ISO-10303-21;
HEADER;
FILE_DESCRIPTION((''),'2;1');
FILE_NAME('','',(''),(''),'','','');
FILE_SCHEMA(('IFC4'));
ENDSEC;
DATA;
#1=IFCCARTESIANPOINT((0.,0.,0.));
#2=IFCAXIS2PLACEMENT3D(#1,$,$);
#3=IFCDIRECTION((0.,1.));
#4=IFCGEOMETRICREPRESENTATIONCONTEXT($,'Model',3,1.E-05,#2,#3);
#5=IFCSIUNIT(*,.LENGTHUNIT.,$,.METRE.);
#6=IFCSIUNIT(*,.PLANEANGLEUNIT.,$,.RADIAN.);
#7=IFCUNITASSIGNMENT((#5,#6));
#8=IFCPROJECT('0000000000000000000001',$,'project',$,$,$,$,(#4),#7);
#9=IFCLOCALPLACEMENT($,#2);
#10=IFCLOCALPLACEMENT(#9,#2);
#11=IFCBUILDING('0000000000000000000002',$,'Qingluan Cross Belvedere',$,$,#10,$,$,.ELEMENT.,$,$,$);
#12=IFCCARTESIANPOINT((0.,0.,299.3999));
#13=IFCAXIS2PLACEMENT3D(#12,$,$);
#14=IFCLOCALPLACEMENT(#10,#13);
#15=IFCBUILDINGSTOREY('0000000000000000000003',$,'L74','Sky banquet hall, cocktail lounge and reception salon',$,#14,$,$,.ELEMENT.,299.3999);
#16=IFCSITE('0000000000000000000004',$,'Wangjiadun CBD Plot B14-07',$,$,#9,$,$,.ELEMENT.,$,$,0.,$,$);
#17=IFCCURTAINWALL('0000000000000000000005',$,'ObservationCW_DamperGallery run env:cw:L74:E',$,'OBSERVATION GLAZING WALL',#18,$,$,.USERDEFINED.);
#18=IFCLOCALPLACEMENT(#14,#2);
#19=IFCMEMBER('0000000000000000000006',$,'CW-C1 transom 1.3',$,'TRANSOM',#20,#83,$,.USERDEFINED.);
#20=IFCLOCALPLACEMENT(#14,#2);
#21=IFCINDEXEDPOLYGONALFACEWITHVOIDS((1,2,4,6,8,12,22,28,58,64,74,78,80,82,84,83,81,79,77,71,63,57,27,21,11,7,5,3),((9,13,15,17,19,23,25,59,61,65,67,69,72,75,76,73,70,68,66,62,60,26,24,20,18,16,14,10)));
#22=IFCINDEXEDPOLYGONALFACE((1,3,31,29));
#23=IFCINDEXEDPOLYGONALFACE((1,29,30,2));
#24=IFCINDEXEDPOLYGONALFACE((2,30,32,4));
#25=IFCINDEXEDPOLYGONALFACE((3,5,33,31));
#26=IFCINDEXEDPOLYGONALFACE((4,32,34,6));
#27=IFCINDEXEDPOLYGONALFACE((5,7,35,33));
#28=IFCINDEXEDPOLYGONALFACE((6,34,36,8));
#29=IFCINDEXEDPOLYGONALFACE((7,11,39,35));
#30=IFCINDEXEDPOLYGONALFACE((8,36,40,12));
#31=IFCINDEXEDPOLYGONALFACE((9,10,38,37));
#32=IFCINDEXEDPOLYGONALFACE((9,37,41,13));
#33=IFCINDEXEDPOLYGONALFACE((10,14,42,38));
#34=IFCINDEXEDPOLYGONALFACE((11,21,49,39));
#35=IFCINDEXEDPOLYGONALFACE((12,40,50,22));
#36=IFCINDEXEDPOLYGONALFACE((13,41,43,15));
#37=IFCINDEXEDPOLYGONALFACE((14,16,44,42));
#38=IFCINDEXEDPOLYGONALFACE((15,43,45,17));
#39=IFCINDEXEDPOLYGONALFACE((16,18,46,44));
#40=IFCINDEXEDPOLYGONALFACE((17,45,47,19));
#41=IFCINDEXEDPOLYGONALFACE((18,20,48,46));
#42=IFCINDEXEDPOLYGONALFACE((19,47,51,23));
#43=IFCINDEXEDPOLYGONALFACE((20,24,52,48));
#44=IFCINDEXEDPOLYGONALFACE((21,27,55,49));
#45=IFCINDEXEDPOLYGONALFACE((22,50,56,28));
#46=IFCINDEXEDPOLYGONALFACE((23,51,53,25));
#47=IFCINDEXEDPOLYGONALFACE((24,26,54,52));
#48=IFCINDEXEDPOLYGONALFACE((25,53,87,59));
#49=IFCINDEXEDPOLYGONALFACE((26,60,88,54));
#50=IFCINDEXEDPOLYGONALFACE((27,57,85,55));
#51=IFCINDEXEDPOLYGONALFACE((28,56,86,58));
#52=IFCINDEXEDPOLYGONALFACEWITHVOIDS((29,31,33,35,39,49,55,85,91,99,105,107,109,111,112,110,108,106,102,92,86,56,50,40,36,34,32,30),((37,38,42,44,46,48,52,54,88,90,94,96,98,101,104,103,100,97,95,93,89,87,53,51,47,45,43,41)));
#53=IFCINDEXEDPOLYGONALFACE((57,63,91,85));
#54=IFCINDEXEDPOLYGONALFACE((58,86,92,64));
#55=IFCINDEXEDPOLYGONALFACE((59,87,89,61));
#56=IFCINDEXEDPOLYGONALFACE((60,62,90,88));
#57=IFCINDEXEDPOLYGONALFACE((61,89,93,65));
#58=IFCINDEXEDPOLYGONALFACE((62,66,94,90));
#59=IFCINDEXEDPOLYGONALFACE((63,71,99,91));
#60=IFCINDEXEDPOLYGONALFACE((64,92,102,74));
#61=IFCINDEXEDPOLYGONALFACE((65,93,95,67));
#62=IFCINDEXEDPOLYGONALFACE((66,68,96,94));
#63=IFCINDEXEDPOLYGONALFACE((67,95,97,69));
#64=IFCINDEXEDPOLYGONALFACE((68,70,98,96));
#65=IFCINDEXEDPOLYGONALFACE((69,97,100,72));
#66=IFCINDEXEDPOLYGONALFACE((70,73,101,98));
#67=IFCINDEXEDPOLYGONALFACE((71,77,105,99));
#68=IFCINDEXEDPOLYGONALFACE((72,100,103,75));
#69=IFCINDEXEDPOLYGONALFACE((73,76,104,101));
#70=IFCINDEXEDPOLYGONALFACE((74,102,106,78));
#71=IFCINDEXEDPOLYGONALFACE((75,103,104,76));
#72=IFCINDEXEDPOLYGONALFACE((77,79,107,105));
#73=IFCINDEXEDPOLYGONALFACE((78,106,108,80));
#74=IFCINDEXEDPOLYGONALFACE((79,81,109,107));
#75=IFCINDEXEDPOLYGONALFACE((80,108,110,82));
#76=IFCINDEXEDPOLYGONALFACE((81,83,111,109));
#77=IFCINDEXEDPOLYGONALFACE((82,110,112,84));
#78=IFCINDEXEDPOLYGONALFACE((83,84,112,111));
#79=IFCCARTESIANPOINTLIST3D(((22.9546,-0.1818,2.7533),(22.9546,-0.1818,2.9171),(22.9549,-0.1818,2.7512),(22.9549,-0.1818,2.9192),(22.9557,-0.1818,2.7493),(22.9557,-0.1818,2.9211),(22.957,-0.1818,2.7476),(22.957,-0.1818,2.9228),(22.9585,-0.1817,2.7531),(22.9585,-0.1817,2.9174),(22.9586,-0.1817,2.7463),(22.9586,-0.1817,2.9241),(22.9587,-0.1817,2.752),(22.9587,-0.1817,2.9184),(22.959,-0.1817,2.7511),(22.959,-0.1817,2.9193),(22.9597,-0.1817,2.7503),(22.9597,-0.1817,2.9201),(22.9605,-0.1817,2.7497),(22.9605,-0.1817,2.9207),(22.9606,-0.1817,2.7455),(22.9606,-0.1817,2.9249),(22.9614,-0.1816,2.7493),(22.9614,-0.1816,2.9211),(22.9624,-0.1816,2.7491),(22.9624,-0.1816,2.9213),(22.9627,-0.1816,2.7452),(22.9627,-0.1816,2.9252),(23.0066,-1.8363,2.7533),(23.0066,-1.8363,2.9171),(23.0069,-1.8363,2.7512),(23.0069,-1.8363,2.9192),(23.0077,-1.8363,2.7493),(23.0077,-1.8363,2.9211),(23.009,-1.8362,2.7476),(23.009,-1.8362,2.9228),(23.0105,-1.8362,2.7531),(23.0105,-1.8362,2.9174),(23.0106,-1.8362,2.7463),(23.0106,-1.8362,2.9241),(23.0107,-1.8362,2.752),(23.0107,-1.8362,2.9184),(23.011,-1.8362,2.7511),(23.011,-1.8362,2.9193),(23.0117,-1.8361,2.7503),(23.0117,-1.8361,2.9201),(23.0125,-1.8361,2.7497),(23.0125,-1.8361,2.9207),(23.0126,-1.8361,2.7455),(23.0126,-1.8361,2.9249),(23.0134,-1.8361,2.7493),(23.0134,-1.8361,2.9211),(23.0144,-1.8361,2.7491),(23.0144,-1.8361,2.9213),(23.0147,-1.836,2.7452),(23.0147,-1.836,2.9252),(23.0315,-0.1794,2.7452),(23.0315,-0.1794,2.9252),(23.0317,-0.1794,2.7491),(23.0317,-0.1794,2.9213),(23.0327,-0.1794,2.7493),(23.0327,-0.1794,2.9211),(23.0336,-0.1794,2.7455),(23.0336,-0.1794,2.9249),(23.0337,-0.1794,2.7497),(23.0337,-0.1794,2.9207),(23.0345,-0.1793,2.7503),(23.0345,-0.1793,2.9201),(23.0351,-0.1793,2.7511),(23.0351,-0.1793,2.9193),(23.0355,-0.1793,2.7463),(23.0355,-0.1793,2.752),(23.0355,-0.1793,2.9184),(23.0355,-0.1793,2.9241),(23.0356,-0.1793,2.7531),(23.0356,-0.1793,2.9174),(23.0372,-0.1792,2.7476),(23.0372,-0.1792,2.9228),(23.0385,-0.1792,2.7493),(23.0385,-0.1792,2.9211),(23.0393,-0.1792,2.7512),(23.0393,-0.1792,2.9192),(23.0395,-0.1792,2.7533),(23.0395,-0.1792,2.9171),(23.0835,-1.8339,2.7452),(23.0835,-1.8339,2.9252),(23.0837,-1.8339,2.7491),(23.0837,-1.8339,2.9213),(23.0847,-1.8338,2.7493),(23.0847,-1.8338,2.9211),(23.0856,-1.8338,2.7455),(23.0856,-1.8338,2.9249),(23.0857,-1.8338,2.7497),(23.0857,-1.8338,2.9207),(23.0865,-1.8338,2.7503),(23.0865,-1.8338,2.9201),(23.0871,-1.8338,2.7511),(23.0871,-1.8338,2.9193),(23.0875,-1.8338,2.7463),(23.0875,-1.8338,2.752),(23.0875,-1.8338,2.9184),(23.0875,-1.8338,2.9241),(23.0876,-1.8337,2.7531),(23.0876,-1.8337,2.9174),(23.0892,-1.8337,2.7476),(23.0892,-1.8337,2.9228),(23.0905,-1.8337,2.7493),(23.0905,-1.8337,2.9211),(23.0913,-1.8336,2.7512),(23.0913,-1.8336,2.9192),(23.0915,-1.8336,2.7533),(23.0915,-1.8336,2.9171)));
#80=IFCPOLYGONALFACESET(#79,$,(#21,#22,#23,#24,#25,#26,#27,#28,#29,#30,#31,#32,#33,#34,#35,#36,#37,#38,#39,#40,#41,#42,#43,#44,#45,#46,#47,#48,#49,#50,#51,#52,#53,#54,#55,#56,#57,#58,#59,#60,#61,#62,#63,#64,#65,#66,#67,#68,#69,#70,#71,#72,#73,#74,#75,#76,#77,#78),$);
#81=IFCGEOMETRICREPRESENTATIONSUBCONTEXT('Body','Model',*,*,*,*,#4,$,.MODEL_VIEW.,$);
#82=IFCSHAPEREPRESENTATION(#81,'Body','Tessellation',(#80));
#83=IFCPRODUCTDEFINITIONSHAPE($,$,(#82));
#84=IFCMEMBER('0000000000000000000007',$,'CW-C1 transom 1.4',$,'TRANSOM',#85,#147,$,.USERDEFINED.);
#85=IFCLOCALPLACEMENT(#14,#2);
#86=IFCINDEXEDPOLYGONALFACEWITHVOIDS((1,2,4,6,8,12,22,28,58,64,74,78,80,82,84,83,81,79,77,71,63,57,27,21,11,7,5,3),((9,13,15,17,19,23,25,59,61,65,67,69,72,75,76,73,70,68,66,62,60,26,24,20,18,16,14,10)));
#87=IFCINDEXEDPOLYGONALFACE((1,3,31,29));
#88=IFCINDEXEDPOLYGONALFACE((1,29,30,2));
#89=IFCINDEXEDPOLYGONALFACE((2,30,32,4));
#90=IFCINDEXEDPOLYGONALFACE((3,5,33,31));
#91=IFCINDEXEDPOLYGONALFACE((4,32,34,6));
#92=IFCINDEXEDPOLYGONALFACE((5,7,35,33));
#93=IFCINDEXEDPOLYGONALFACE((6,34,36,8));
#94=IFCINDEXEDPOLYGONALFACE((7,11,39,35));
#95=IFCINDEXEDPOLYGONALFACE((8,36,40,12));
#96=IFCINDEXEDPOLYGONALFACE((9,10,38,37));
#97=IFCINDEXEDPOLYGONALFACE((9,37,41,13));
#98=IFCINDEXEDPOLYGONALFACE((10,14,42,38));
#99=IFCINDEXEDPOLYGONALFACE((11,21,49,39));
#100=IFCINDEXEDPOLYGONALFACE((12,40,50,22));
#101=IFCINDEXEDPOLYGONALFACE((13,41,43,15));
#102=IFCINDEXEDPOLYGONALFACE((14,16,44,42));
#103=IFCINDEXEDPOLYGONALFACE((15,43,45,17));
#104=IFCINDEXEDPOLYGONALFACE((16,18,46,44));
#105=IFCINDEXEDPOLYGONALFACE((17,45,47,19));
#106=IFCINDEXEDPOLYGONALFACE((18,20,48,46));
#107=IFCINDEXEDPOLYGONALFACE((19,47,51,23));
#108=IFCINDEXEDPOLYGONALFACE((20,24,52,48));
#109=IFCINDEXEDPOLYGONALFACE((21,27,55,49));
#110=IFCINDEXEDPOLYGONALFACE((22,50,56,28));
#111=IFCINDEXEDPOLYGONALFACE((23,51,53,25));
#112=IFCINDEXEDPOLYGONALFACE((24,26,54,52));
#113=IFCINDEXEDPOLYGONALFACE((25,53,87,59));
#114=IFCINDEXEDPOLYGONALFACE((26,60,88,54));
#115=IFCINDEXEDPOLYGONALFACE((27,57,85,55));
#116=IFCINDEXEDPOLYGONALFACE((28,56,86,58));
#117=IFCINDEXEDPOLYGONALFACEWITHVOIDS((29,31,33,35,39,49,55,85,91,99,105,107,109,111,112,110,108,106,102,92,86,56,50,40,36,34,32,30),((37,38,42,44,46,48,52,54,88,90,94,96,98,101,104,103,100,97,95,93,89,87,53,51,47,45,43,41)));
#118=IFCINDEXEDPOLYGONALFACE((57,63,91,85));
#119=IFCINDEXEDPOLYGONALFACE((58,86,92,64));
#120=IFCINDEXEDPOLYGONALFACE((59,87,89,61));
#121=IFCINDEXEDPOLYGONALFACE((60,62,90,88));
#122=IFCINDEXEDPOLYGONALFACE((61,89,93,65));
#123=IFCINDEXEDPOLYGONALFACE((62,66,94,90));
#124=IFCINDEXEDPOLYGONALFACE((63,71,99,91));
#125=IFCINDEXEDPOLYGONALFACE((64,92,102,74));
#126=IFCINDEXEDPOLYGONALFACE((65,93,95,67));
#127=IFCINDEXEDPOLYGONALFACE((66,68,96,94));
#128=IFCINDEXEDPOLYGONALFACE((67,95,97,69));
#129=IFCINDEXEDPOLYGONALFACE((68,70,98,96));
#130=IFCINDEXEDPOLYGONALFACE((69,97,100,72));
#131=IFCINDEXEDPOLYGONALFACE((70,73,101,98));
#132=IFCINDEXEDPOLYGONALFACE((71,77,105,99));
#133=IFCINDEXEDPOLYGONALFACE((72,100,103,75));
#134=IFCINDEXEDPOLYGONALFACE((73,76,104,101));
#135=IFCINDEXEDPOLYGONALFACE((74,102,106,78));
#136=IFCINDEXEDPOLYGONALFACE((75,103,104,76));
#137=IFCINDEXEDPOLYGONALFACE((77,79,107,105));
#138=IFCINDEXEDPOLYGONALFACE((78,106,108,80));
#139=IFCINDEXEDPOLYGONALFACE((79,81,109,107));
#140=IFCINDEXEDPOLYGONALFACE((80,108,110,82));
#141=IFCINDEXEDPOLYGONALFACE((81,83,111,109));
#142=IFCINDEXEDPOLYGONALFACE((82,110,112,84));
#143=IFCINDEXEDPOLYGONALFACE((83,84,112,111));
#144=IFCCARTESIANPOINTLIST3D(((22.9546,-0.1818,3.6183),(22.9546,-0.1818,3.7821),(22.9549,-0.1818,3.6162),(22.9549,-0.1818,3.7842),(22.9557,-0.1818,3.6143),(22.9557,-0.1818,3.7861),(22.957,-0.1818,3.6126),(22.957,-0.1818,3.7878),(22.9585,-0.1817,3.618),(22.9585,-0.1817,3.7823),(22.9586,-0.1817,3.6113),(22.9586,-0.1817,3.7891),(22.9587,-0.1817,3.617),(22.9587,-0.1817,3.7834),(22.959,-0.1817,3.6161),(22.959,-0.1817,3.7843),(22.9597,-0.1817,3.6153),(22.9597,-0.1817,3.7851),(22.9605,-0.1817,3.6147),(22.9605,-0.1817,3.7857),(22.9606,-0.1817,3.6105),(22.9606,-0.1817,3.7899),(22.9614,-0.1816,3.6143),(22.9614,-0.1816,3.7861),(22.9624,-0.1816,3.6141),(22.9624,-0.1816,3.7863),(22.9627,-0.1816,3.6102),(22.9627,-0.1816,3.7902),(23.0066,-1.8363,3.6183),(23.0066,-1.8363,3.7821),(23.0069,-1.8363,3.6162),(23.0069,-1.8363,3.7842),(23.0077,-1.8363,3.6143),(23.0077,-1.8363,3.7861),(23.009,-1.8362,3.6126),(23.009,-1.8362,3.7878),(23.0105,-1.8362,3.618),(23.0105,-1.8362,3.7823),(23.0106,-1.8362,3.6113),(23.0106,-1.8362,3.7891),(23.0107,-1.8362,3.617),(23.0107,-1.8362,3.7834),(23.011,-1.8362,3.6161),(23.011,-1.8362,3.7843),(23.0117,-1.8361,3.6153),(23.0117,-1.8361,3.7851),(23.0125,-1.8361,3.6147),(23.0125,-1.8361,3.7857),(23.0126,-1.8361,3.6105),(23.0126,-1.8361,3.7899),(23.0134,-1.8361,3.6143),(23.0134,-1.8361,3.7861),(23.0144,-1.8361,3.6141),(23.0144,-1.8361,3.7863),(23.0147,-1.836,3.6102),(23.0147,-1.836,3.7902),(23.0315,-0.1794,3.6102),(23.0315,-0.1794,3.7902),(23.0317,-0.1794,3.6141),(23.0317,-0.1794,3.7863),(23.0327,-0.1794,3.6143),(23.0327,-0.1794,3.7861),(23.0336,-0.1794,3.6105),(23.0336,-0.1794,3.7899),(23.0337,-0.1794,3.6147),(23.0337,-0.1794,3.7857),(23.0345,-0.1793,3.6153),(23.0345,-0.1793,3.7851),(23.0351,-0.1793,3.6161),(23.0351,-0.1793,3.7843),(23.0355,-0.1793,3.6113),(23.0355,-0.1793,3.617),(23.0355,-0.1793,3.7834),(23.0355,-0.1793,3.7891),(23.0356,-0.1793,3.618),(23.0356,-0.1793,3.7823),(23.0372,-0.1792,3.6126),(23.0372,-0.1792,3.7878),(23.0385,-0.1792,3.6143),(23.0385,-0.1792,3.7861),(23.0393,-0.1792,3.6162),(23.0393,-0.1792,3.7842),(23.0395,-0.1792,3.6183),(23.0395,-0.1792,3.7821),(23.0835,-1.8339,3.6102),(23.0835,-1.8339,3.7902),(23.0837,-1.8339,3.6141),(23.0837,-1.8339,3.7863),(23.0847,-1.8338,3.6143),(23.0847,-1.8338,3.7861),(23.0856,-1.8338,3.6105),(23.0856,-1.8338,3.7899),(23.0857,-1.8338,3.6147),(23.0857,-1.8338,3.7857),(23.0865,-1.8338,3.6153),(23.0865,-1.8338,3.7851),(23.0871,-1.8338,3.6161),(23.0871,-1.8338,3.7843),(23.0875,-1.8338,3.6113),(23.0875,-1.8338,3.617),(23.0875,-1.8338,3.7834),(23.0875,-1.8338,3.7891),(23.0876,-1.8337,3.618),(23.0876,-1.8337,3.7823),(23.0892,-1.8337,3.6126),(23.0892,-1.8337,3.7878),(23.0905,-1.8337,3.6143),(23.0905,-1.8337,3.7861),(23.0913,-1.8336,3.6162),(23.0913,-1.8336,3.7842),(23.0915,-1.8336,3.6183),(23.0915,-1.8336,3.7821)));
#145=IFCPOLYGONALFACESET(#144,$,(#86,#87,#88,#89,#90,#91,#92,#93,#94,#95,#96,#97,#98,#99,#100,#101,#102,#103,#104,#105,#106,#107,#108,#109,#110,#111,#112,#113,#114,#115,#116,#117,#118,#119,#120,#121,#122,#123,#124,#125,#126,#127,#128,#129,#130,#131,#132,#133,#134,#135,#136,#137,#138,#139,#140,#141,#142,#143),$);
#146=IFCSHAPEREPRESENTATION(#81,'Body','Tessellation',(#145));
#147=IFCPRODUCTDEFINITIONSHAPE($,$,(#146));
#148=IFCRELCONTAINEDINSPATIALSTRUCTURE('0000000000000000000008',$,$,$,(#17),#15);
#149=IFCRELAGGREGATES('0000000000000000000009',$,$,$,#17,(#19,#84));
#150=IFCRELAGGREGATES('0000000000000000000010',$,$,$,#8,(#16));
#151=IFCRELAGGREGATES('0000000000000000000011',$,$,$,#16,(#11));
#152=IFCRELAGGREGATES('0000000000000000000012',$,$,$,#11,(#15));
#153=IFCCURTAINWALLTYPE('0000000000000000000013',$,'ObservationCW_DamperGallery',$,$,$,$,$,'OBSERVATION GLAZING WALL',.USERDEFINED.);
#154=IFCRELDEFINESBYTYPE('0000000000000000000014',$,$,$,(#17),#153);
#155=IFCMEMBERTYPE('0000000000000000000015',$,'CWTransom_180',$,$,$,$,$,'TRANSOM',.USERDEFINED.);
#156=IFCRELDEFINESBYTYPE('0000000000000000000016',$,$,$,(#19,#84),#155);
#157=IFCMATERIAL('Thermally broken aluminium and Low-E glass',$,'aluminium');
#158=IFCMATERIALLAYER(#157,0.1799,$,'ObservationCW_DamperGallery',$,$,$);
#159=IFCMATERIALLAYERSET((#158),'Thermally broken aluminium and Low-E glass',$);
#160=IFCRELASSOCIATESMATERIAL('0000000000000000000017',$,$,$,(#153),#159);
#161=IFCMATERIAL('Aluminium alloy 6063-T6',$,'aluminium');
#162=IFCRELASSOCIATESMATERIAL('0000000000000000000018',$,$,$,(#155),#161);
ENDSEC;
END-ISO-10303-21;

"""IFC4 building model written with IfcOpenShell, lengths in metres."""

from ifc_helpers import new_model, si_unit, direction, frame, origin, origin_2d, place, context, subcontext, project, spatial, hollow_rectangle, extrude, material, layer, layer_set, material_profile, profile_set, type_object, element, aggregate, save


model = new_model("IFC4")

# Units and contexts
model_context = context("Model", 3, precision=1e-05, world=origin(), true_north=direction((0.0, 1.0)))
body_context = subcontext(model_context, "Body", "Model", "MODEL_VIEW")
ifc_project = project(units=[si_unit("LENGTHUNIT", "METRE"), si_unit("PLANEANGLEUNIT", "RADIAN")], contexts=[model_context])

# Site, building, storey
site_placement = place(None, origin())
site = spatial("IfcSite", under=ifc_project, at=site_placement, Name="Wangjiadun CBD Plot B14-07", CompositionType="ELEMENT", RefElevation=0.0)
building_placement = place(site_placement, origin())
building = spatial("IfcBuilding", under=site, at=building_placement, Name="Qingluan Cross Belvedere", CompositionType="ELEMENT")
storey_placement = place(building_placement, frame((0.0, 0.0, 299.3999)))
storey = spatial("IfcBuildingStorey", under=building, at=storey_placement, Name="L74", Description="Sky banquet hall, cocktail lounge and reception salon", CompositionType="ELEMENT", Elevation=299.3999)

# Curtain wall, members
ifc_material_1 = material(Name="Thermally broken aluminium and Low-E glass", Category="aluminium")
ifc_layer_1 = layer(ifc_material_1, 0.1799, Name="ObservationCW_DamperGallery")
ifc_layer_set_1 = layer_set([ifc_layer_1], Name="Thermally broken aluminium and Low-E glass")
curtain_wall_type = type_object("IfcCurtainWallType", Name="ObservationCW_DamperGallery", ElementType="OBSERVATION GLAZING WALL", PredefinedType="USERDEFINED", material=ifc_layer_set_1)
curtain_wall_placement = place(storey_placement, origin())
curtain_wall = element("IfcCurtainWall", 1, at=curtain_wall_placement, inside=storey, type_object=curtain_wall_type, Name="ObservationCW_DamperGallery run env:cw:L74:E", ObjectType="OBSERVATION GLAZING WALL", PredefinedType="USERDEFINED")
ifc_material_2 = material(Name="Aluminium alloy 6063-T6", Category="aluminium")
ifc_material_profile_1 = material_profile(ifc_material_2, hollow_rectangle(XDim=0.085, YDim=0.1799, WallThickness=0.0039, InnerFilletRadius=0.0039, OuterFilletRadius=0.0081, at=origin_2d()), Name="CWT180x85x4")
ifc_profile_set_1 = profile_set([ifc_material_profile_1], Name="Aluminium alloy 6063-T6")
member_type_1 = type_object("IfcMemberType", Name="CWTransom_180", ElementType="TRANSOM", PredefinedType="USERDEFINED", material=ifc_profile_set_1)
member_1_placement = place(storey_placement, frame((23.0491, -1.835, 2.8352), z_axis=(-0.031414, 0.999506, 0.0), x_axis=(-0.999506, -0.031414, 0.0)))
member_1 = element("IfcMember", 2, at=member_1_placement, type_object=member_type_1, Name="CW-C1 transom 1.3", ObjectType="TRANSOM", PredefinedType="USERDEFINED", context=body_context, shape_type="SweptSolid", body=[
    extrude(hollow_rectangle(XDim=0.085, YDim=0.1799, WallThickness=0.0039, InnerFilletRadius=0.0039, OuterFilletRadius=0.0081, at=origin_2d()), origin(), (0.0, 0.0, 1.0), 1.6553),
])
member_2_placement = place(storey_placement, frame((23.0491, -1.835, 3.7002), z_axis=(-0.031414, 0.999506, 0.0), x_axis=(-0.999506, -0.031414, 0.0)))
member_2 = element("IfcMember", 3, at=member_2_placement, type_object=member_type_1, Name="CW-C1 transom 1.4", ObjectType="TRANSOM", PredefinedType="USERDEFINED", context=body_context, shape_type="SweptSolid", body=[
    extrude(hollow_rectangle(XDim=0.085, YDim=0.1799, WallThickness=0.0039, InnerFilletRadius=0.0039, OuterFilletRadius=0.0081, at=origin_2d()), origin(), (0.0, 0.0, 1.0), 1.6553),
])

aggregate(curtain_wall, [member_1, member_2])

save(model, "model.ifc")
